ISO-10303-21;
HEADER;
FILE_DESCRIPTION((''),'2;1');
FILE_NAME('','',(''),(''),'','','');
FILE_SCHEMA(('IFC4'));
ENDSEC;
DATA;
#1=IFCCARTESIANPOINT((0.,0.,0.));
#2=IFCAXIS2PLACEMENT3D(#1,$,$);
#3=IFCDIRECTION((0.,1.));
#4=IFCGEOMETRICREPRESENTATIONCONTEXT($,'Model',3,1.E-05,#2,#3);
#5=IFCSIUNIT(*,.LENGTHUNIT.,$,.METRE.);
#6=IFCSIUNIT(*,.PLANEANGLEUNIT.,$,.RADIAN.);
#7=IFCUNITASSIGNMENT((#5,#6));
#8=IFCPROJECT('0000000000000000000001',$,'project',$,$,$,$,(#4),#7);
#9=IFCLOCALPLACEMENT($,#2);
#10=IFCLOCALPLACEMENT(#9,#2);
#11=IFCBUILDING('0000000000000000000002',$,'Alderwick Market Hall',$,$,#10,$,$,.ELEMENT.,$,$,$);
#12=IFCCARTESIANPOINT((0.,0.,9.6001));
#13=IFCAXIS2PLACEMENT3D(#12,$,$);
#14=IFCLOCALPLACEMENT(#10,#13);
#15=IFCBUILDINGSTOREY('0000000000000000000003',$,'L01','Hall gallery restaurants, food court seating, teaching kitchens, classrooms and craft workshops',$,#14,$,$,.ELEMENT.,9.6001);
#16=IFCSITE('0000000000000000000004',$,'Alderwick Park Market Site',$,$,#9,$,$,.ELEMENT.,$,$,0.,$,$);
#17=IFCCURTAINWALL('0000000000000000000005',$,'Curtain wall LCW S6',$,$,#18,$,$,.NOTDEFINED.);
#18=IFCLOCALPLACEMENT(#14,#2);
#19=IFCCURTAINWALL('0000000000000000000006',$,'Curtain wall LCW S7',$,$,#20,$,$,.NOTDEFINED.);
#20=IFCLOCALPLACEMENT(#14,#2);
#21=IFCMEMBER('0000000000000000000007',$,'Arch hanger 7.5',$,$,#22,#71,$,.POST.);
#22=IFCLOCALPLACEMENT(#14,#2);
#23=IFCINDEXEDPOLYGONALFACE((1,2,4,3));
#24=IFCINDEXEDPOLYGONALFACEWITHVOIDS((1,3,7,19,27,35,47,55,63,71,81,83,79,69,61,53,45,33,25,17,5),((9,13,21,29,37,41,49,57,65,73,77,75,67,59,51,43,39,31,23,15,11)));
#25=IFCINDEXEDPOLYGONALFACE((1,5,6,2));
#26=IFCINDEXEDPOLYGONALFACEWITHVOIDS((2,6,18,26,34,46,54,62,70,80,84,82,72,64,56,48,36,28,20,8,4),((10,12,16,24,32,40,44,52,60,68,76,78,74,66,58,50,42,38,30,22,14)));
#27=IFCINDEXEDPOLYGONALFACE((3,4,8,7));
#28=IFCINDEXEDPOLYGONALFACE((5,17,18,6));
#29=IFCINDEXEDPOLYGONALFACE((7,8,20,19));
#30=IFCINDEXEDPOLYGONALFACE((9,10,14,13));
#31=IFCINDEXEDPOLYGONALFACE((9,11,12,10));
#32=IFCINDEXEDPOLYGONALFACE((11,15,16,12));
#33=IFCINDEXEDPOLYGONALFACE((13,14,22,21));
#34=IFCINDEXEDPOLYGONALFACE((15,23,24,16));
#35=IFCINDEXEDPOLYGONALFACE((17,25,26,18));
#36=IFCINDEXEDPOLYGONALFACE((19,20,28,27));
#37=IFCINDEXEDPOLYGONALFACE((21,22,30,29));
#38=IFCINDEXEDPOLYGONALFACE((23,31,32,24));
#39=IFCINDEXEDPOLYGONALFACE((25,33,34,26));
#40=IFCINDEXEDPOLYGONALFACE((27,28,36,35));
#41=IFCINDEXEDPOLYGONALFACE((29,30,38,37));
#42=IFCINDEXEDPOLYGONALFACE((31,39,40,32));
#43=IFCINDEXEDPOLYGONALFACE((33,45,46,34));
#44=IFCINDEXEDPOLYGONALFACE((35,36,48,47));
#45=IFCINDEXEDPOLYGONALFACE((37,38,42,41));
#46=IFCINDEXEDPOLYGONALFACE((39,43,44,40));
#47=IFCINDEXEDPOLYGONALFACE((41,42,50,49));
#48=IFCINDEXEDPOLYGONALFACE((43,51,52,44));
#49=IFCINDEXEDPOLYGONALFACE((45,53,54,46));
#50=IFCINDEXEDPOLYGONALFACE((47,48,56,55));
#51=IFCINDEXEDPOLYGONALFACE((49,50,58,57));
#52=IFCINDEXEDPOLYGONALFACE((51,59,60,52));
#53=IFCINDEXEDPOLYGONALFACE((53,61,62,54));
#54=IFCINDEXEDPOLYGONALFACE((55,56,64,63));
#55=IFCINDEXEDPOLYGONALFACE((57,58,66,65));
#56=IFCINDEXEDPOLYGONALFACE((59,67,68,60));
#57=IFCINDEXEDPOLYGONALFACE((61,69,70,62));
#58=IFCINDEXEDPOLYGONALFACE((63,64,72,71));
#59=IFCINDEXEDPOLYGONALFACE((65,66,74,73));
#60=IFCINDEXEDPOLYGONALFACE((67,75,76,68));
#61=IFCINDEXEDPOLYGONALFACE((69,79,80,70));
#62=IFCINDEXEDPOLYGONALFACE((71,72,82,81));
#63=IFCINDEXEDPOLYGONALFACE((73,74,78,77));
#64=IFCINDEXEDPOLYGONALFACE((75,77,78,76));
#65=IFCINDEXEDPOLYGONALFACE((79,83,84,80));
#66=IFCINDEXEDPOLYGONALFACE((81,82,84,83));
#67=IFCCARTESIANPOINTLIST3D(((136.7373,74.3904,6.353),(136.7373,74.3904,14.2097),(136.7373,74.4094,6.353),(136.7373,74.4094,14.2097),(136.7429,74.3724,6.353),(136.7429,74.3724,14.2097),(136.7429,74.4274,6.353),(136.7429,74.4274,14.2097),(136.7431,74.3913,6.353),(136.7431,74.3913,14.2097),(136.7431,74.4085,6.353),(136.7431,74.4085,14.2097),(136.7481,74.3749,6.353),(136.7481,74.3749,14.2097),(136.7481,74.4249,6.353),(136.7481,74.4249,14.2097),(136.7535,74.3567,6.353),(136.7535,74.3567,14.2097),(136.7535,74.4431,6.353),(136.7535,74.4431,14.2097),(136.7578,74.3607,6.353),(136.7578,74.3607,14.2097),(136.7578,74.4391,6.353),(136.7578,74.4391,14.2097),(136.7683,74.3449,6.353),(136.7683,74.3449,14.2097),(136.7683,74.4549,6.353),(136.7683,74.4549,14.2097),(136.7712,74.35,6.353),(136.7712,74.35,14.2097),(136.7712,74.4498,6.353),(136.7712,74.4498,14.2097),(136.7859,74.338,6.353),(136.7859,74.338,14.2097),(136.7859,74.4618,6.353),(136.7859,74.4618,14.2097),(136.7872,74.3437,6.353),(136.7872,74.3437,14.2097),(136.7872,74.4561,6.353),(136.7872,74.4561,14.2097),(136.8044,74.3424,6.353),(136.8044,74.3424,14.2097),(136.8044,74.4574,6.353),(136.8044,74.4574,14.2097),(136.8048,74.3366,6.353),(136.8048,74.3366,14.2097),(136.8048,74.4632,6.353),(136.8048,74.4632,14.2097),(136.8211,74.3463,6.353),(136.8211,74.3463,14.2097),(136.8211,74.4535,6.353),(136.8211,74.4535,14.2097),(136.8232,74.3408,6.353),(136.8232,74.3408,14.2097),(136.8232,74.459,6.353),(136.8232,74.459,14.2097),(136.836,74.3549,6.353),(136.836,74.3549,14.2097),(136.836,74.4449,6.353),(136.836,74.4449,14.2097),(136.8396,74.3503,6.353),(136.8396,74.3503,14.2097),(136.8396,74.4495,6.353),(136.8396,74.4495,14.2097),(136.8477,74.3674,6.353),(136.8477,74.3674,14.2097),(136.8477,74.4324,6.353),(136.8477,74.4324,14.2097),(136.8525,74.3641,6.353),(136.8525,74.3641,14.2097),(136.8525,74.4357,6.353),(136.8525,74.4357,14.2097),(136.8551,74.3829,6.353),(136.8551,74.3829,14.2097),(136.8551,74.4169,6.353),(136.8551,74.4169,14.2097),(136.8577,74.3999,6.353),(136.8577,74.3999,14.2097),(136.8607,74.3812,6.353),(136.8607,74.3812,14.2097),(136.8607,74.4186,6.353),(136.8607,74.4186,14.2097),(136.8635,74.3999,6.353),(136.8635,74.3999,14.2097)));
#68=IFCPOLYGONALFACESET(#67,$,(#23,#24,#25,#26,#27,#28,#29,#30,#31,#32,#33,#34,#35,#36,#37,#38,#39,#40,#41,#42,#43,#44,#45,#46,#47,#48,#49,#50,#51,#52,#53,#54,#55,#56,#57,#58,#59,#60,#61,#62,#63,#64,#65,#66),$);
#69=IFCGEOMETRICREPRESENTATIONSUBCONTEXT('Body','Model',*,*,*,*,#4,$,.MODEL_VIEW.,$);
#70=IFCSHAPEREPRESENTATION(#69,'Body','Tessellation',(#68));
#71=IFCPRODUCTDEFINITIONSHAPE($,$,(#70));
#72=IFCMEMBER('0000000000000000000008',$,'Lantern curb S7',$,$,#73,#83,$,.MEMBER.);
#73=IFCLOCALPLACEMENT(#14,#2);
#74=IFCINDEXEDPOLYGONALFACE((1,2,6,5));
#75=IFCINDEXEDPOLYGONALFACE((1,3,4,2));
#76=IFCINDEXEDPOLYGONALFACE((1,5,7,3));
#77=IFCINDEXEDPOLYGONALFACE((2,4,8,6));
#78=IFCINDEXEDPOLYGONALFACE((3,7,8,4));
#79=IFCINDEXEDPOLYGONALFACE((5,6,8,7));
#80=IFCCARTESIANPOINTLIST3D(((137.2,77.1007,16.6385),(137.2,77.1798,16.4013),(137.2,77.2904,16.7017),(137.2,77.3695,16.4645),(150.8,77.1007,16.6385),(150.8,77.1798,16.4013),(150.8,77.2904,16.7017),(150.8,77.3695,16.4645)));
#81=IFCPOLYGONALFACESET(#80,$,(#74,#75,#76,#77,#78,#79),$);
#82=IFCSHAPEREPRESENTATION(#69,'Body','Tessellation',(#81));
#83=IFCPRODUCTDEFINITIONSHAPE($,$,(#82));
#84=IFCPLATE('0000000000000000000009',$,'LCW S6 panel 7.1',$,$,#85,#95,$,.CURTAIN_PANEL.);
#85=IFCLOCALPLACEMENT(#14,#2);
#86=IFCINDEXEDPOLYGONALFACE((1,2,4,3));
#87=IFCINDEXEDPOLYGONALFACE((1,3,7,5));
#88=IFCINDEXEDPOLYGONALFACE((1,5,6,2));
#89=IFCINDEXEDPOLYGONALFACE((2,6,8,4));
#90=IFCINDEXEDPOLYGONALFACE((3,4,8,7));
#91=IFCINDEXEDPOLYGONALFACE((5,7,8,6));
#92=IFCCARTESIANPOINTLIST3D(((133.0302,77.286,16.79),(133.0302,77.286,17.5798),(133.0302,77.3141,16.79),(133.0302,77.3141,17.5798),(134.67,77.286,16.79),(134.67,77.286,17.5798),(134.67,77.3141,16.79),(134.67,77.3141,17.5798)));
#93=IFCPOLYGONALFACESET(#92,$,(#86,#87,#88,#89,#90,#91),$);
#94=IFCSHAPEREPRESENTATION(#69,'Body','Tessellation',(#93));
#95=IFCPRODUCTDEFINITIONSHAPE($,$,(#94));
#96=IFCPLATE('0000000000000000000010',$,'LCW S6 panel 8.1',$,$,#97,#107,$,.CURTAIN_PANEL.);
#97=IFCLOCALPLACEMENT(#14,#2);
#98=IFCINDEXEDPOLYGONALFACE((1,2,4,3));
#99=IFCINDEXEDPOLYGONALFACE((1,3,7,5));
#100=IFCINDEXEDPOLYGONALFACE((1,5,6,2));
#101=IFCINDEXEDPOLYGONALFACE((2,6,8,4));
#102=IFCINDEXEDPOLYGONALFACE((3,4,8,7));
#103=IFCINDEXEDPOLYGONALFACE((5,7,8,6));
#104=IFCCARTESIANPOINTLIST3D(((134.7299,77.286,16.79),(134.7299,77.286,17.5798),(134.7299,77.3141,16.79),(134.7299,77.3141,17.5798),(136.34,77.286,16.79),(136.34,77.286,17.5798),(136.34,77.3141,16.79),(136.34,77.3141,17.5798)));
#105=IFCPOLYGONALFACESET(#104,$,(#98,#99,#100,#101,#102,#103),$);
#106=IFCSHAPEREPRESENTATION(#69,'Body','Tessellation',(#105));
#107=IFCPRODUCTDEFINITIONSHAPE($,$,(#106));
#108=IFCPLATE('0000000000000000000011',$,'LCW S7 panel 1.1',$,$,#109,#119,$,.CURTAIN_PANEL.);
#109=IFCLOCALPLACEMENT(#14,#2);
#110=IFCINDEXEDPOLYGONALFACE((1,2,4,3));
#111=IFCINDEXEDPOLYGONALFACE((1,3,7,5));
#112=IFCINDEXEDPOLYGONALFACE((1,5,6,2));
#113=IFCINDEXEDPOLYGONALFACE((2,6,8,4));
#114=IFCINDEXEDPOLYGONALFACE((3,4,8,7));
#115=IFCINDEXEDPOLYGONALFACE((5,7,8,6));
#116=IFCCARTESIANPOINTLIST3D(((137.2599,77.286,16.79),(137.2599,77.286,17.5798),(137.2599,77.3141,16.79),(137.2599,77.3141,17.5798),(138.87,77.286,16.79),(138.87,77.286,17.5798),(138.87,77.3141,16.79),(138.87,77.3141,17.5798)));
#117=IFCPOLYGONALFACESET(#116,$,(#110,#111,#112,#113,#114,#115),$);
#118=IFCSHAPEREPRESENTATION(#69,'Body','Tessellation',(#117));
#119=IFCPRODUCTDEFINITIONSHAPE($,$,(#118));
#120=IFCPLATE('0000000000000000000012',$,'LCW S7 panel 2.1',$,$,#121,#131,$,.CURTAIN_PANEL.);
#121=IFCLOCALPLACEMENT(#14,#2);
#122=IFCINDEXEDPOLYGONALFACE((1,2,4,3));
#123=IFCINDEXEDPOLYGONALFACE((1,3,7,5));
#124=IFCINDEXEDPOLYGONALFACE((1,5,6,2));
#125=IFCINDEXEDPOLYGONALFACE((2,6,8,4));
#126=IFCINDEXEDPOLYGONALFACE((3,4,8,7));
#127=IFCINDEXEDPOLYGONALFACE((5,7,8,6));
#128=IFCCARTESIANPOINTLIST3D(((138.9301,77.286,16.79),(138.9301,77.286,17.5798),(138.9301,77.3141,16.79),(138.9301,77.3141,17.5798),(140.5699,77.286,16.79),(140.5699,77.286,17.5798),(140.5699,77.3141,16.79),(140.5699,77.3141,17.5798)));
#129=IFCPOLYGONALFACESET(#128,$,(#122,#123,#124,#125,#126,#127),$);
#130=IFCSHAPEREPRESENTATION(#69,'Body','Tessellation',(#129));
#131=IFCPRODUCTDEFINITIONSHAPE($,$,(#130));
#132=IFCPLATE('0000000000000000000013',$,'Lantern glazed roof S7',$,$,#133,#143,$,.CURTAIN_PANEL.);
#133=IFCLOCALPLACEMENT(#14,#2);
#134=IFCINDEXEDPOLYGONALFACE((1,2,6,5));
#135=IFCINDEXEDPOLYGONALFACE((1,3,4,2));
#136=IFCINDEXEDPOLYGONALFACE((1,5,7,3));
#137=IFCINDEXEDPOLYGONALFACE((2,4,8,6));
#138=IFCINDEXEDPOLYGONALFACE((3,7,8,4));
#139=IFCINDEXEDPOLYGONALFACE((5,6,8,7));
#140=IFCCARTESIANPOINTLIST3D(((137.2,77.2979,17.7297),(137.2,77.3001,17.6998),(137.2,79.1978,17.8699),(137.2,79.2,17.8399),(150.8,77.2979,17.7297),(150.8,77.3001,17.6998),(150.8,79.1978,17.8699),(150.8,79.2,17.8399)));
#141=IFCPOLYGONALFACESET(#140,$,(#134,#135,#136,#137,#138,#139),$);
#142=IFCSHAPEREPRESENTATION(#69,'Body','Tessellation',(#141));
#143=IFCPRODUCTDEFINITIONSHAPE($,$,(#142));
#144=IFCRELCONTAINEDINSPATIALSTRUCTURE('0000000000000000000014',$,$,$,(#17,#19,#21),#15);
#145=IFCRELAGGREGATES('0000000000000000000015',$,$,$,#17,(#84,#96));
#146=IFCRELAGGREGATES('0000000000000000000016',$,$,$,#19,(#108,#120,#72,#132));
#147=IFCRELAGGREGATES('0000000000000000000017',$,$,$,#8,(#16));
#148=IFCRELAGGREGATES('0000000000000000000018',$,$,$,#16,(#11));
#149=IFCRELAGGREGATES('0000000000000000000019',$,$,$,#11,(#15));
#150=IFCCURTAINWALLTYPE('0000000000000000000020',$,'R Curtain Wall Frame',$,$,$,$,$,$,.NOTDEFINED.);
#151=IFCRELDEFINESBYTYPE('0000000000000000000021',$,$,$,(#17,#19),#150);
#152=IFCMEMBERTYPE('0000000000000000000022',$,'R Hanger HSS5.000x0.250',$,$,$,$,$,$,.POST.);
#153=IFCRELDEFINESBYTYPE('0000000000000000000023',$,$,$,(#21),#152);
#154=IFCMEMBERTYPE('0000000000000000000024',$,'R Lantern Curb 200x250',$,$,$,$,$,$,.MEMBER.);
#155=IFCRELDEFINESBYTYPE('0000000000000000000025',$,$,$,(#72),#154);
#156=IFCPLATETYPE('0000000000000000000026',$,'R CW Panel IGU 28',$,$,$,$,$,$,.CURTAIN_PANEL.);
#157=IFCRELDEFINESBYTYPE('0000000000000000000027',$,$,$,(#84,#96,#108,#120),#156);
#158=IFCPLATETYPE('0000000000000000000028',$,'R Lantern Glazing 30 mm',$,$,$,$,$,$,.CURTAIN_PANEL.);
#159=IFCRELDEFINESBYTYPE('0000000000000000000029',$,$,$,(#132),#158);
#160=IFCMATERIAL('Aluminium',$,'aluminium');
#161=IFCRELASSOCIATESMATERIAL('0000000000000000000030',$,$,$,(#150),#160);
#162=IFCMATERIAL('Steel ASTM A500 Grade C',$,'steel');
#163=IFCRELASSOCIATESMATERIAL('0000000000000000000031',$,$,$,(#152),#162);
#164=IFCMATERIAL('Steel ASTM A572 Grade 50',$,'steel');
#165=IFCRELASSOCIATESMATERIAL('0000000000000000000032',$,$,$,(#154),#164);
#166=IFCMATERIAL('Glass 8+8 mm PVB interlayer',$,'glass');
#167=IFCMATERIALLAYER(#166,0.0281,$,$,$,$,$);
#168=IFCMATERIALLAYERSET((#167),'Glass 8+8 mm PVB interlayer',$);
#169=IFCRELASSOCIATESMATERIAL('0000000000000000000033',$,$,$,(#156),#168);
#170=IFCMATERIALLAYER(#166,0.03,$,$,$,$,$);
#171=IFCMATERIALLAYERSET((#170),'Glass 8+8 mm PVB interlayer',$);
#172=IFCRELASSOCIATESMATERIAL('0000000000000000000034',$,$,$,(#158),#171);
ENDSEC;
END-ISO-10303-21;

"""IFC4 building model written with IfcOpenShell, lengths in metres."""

from ifc_helpers import new_model, si_unit, direction, frame, origin, origin_2d, place, context, subcontext, project, spatial, polyline, rectangle, hollow_circle, outline, extrude, material, layer, layer_set, material_profile, profile_set, type_object, element, aggregate, save


model = new_model("IFC4")

# Units and contexts
model_context = context("Model", 3, precision=1e-05, world=origin(), true_north=direction((0.0, 1.0)))
body_context = subcontext(model_context, "Body", "Model", "MODEL_VIEW")
ifc_project = project(units=[si_unit("LENGTHUNIT", "METRE"), si_unit("PLANEANGLEUNIT", "RADIAN")], contexts=[model_context])

# Site, building, storey
site_placement = place(None, origin())
site = spatial("IfcSite", under=ifc_project, at=site_placement, Name="Alderwick Park Market Site", CompositionType="ELEMENT", RefElevation=0.0)
building_placement = place(site_placement, origin())
building = spatial("IfcBuilding", under=site, at=building_placement, Name="Alderwick Market Hall", CompositionType="ELEMENT")
storey_placement = place(building_placement, frame((0.0, 0.0, 9.6001)))
storey = spatial("IfcBuildingStorey", under=building, at=storey_placement, Name="L01", Description="Hall gallery restaurants, food court seating, teaching kitchens, classrooms and craft workshops", CompositionType="ELEMENT", Elevation=9.6001)

# Curtain walls
ifc_material_1 = material(Name="Aluminium", Category="aluminium")
curtain_wall_type = type_object("IfcCurtainWallType", Name="R Curtain Wall Frame", PredefinedType="NOTDEFINED", material=ifc_material_1)
curtain_wall_1_placement = place(storey_placement, origin())
curtain_wall_1 = element("IfcCurtainWall", 1, at=curtain_wall_1_placement, inside=storey, type_object=curtain_wall_type, Name="Curtain wall LCW S6", PredefinedType="NOTDEFINED")
curtain_wall_2_placement = place(storey_placement, origin())
curtain_wall_2 = element("IfcCurtainWall", 2, at=curtain_wall_2_placement, inside=storey, type_object=curtain_wall_type, Name="Curtain wall LCW S7", PredefinedType="NOTDEFINED")

# Members
ifc_material_2 = material(Name="Steel ASTM A500 Grade C", Category="steel")
ifc_material_profile_1 = material_profile(ifc_material_2, hollow_circle(Radius=0.0635, WallThickness=0.0059, at=origin_2d()), Name="HSS5.000x0.250")
ifc_profile_set_1 = profile_set([ifc_material_profile_1], Name="Steel ASTM A500 Grade C")
member_type_1 = type_object("IfcMemberType", Name="R Hanger HSS5.000x0.250", PredefinedType="POST", material=ifc_profile_set_1)
member_1_placement = place(storey_placement, frame((136.8, 74.3999, 6.353), z_axis=(0.0, 0.0, 1.0), x_axis=(1.0, 0.0, 0.0)))
element("IfcMember", 3, at=member_1_placement, inside=storey, type_object=member_type_1, Name="Arch hanger 7.5", PredefinedType="POST", context=body_context, shape_type="SweptSolid", body=[
    extrude(hollow_circle(Radius=0.0635, WallThickness=0.0059, at=origin_2d()), origin(), (0.0, 0.0, 1.0), 7.8567),
])
ifc_material_3 = material(Name="Steel ASTM A572 Grade 50", Category="steel")
ifc_material_profile_2 = material_profile(ifc_material_3, rectangle(XDim=0.2, YDim=0.25, at=origin_2d()), Name="Steel plate curb 200x250")
ifc_profile_set_2 = profile_set([ifc_material_profile_2], Name="Steel ASTM A572 Grade 50")
member_type_2 = type_object("IfcMemberType", Name="R Lantern Curb 200x250", PredefinedType="MEMBER", material=ifc_profile_set_2)
member_2_placement = place(storey_placement, frame((137.2, 77.2351, 16.5515), z_axis=(1.0, 0.0, 0.0), x_axis=(0.0, 0.948683, 0.316228)))
member_2 = element("IfcMember", 4, at=member_2_placement, type_object=member_type_2, Name="Lantern curb S7", PredefinedType="MEMBER", context=body_context, shape_type="SweptSolid", body=[
    extrude(rectangle(XDim=0.2, YDim=0.25, at=origin_2d()), origin(), (0.0, 0.0, 1.0), 13.6001),
])

# Plates
ifc_material_4 = material(Name="Glass 8+8 mm PVB interlayer", Category="glass")
ifc_layer_1 = layer(ifc_material_4, 0.0281)
ifc_layer_set_1 = layer_set([ifc_layer_1], Name="Glass 8+8 mm PVB interlayer")
plate_type_1 = type_object("IfcPlateType", Name="R CW Panel IGU 28", PredefinedType="CURTAIN_PANEL", material=ifc_layer_set_1)
plate_1_placement = place(storey_placement, frame((133.8501, 77.3, 16.79), z_axis=(0.0, 0.0, 1.0), x_axis=(1.0, 0.0, 0.0)))
plate_1 = element("IfcPlate", 5, at=plate_1_placement, type_object=plate_type_1, Name="LCW S6 panel 7.1", PredefinedType="CURTAIN_PANEL", context=body_context, shape_type="SweptSolid", body=[
    extrude(rectangle(XDim=1.6399, YDim=0.0281, at=origin_2d()), origin(), (0.0, 0.0, 1.0), 0.7898),
])
plate_2_placement = place(storey_placement, frame((135.5349, 77.3, 16.79), z_axis=(0.0, 0.0, 1.0), x_axis=(1.0, 0.0, 0.0)))
plate_2 = element("IfcPlate", 6, at=plate_2_placement, type_object=plate_type_1, Name="LCW S6 panel 8.1", PredefinedType="CURTAIN_PANEL", context=body_context, shape_type="SweptSolid", body=[
    extrude(rectangle(XDim=1.6101, YDim=0.0281, at=origin_2d()), origin(), (0.0, 0.0, 1.0), 0.7898),
])
aggregate(curtain_wall_1, [plate_1, plate_2])
plate_3_placement = place(storey_placement, frame((138.0649, 77.3, 16.79), z_axis=(0.0, 0.0, 1.0), x_axis=(1.0, 0.0, 0.0)))
plate_3 = element("IfcPlate", 7, at=plate_3_placement, type_object=plate_type_1, Name="LCW S7 panel 1.1", PredefinedType="CURTAIN_PANEL", context=body_context, shape_type="SweptSolid", body=[
    extrude(rectangle(XDim=1.6101, YDim=0.0281, at=origin_2d()), origin(), (0.0, 0.0, 1.0), 0.7898),
])
plate_4_placement = place(storey_placement, frame((139.75, 77.3, 16.79), z_axis=(0.0, 0.0, 1.0), x_axis=(1.0, 0.0, 0.0)))
plate_4 = element("IfcPlate", 8, at=plate_4_placement, type_object=plate_type_1, Name="LCW S7 panel 2.1", PredefinedType="CURTAIN_PANEL", context=body_context, shape_type="SweptSolid", body=[
    extrude(rectangle(XDim=1.6399, YDim=0.0281, at=origin_2d()), origin(), (0.0, 0.0, 1.0), 0.7898),
])
ifc_layer_2 = layer(ifc_material_4, 0.03)
ifc_layer_set_2 = layer_set([ifc_layer_2], Name="Glass 8+8 mm PVB interlayer")
plate_type_2 = type_object("IfcPlateType", Name="R Lantern Glazing 30 mm", PredefinedType="CURTAIN_PANEL", material=ifc_layer_set_2)
plate_5_placement = place(storey_placement, frame((137.2, 77.2979, 17.7297), z_axis=(0.0, -0.07356, 0.997291), x_axis=(1.0, 0.0, 0.0)))
plate_5 = element("IfcPlate", 9, at=plate_5_placement, type_object=plate_type_2, Name="Lantern glazed roof S7", PredefinedType="CURTAIN_PANEL", context=body_context, shape_type="SweptSolid", body=[
    extrude(outline(polyline([(0.0, 0.0), (13.6001, 0.0), (13.6001, 1.9051), (0.0, 1.9051), (0.0, 0.0)])), origin(), (0.0, 0.0, -1.0), 0.03),
])
aggregate(curtain_wall_2, [plate_3, plate_4, member_2, plate_5])

save(model, "model.ifc")
